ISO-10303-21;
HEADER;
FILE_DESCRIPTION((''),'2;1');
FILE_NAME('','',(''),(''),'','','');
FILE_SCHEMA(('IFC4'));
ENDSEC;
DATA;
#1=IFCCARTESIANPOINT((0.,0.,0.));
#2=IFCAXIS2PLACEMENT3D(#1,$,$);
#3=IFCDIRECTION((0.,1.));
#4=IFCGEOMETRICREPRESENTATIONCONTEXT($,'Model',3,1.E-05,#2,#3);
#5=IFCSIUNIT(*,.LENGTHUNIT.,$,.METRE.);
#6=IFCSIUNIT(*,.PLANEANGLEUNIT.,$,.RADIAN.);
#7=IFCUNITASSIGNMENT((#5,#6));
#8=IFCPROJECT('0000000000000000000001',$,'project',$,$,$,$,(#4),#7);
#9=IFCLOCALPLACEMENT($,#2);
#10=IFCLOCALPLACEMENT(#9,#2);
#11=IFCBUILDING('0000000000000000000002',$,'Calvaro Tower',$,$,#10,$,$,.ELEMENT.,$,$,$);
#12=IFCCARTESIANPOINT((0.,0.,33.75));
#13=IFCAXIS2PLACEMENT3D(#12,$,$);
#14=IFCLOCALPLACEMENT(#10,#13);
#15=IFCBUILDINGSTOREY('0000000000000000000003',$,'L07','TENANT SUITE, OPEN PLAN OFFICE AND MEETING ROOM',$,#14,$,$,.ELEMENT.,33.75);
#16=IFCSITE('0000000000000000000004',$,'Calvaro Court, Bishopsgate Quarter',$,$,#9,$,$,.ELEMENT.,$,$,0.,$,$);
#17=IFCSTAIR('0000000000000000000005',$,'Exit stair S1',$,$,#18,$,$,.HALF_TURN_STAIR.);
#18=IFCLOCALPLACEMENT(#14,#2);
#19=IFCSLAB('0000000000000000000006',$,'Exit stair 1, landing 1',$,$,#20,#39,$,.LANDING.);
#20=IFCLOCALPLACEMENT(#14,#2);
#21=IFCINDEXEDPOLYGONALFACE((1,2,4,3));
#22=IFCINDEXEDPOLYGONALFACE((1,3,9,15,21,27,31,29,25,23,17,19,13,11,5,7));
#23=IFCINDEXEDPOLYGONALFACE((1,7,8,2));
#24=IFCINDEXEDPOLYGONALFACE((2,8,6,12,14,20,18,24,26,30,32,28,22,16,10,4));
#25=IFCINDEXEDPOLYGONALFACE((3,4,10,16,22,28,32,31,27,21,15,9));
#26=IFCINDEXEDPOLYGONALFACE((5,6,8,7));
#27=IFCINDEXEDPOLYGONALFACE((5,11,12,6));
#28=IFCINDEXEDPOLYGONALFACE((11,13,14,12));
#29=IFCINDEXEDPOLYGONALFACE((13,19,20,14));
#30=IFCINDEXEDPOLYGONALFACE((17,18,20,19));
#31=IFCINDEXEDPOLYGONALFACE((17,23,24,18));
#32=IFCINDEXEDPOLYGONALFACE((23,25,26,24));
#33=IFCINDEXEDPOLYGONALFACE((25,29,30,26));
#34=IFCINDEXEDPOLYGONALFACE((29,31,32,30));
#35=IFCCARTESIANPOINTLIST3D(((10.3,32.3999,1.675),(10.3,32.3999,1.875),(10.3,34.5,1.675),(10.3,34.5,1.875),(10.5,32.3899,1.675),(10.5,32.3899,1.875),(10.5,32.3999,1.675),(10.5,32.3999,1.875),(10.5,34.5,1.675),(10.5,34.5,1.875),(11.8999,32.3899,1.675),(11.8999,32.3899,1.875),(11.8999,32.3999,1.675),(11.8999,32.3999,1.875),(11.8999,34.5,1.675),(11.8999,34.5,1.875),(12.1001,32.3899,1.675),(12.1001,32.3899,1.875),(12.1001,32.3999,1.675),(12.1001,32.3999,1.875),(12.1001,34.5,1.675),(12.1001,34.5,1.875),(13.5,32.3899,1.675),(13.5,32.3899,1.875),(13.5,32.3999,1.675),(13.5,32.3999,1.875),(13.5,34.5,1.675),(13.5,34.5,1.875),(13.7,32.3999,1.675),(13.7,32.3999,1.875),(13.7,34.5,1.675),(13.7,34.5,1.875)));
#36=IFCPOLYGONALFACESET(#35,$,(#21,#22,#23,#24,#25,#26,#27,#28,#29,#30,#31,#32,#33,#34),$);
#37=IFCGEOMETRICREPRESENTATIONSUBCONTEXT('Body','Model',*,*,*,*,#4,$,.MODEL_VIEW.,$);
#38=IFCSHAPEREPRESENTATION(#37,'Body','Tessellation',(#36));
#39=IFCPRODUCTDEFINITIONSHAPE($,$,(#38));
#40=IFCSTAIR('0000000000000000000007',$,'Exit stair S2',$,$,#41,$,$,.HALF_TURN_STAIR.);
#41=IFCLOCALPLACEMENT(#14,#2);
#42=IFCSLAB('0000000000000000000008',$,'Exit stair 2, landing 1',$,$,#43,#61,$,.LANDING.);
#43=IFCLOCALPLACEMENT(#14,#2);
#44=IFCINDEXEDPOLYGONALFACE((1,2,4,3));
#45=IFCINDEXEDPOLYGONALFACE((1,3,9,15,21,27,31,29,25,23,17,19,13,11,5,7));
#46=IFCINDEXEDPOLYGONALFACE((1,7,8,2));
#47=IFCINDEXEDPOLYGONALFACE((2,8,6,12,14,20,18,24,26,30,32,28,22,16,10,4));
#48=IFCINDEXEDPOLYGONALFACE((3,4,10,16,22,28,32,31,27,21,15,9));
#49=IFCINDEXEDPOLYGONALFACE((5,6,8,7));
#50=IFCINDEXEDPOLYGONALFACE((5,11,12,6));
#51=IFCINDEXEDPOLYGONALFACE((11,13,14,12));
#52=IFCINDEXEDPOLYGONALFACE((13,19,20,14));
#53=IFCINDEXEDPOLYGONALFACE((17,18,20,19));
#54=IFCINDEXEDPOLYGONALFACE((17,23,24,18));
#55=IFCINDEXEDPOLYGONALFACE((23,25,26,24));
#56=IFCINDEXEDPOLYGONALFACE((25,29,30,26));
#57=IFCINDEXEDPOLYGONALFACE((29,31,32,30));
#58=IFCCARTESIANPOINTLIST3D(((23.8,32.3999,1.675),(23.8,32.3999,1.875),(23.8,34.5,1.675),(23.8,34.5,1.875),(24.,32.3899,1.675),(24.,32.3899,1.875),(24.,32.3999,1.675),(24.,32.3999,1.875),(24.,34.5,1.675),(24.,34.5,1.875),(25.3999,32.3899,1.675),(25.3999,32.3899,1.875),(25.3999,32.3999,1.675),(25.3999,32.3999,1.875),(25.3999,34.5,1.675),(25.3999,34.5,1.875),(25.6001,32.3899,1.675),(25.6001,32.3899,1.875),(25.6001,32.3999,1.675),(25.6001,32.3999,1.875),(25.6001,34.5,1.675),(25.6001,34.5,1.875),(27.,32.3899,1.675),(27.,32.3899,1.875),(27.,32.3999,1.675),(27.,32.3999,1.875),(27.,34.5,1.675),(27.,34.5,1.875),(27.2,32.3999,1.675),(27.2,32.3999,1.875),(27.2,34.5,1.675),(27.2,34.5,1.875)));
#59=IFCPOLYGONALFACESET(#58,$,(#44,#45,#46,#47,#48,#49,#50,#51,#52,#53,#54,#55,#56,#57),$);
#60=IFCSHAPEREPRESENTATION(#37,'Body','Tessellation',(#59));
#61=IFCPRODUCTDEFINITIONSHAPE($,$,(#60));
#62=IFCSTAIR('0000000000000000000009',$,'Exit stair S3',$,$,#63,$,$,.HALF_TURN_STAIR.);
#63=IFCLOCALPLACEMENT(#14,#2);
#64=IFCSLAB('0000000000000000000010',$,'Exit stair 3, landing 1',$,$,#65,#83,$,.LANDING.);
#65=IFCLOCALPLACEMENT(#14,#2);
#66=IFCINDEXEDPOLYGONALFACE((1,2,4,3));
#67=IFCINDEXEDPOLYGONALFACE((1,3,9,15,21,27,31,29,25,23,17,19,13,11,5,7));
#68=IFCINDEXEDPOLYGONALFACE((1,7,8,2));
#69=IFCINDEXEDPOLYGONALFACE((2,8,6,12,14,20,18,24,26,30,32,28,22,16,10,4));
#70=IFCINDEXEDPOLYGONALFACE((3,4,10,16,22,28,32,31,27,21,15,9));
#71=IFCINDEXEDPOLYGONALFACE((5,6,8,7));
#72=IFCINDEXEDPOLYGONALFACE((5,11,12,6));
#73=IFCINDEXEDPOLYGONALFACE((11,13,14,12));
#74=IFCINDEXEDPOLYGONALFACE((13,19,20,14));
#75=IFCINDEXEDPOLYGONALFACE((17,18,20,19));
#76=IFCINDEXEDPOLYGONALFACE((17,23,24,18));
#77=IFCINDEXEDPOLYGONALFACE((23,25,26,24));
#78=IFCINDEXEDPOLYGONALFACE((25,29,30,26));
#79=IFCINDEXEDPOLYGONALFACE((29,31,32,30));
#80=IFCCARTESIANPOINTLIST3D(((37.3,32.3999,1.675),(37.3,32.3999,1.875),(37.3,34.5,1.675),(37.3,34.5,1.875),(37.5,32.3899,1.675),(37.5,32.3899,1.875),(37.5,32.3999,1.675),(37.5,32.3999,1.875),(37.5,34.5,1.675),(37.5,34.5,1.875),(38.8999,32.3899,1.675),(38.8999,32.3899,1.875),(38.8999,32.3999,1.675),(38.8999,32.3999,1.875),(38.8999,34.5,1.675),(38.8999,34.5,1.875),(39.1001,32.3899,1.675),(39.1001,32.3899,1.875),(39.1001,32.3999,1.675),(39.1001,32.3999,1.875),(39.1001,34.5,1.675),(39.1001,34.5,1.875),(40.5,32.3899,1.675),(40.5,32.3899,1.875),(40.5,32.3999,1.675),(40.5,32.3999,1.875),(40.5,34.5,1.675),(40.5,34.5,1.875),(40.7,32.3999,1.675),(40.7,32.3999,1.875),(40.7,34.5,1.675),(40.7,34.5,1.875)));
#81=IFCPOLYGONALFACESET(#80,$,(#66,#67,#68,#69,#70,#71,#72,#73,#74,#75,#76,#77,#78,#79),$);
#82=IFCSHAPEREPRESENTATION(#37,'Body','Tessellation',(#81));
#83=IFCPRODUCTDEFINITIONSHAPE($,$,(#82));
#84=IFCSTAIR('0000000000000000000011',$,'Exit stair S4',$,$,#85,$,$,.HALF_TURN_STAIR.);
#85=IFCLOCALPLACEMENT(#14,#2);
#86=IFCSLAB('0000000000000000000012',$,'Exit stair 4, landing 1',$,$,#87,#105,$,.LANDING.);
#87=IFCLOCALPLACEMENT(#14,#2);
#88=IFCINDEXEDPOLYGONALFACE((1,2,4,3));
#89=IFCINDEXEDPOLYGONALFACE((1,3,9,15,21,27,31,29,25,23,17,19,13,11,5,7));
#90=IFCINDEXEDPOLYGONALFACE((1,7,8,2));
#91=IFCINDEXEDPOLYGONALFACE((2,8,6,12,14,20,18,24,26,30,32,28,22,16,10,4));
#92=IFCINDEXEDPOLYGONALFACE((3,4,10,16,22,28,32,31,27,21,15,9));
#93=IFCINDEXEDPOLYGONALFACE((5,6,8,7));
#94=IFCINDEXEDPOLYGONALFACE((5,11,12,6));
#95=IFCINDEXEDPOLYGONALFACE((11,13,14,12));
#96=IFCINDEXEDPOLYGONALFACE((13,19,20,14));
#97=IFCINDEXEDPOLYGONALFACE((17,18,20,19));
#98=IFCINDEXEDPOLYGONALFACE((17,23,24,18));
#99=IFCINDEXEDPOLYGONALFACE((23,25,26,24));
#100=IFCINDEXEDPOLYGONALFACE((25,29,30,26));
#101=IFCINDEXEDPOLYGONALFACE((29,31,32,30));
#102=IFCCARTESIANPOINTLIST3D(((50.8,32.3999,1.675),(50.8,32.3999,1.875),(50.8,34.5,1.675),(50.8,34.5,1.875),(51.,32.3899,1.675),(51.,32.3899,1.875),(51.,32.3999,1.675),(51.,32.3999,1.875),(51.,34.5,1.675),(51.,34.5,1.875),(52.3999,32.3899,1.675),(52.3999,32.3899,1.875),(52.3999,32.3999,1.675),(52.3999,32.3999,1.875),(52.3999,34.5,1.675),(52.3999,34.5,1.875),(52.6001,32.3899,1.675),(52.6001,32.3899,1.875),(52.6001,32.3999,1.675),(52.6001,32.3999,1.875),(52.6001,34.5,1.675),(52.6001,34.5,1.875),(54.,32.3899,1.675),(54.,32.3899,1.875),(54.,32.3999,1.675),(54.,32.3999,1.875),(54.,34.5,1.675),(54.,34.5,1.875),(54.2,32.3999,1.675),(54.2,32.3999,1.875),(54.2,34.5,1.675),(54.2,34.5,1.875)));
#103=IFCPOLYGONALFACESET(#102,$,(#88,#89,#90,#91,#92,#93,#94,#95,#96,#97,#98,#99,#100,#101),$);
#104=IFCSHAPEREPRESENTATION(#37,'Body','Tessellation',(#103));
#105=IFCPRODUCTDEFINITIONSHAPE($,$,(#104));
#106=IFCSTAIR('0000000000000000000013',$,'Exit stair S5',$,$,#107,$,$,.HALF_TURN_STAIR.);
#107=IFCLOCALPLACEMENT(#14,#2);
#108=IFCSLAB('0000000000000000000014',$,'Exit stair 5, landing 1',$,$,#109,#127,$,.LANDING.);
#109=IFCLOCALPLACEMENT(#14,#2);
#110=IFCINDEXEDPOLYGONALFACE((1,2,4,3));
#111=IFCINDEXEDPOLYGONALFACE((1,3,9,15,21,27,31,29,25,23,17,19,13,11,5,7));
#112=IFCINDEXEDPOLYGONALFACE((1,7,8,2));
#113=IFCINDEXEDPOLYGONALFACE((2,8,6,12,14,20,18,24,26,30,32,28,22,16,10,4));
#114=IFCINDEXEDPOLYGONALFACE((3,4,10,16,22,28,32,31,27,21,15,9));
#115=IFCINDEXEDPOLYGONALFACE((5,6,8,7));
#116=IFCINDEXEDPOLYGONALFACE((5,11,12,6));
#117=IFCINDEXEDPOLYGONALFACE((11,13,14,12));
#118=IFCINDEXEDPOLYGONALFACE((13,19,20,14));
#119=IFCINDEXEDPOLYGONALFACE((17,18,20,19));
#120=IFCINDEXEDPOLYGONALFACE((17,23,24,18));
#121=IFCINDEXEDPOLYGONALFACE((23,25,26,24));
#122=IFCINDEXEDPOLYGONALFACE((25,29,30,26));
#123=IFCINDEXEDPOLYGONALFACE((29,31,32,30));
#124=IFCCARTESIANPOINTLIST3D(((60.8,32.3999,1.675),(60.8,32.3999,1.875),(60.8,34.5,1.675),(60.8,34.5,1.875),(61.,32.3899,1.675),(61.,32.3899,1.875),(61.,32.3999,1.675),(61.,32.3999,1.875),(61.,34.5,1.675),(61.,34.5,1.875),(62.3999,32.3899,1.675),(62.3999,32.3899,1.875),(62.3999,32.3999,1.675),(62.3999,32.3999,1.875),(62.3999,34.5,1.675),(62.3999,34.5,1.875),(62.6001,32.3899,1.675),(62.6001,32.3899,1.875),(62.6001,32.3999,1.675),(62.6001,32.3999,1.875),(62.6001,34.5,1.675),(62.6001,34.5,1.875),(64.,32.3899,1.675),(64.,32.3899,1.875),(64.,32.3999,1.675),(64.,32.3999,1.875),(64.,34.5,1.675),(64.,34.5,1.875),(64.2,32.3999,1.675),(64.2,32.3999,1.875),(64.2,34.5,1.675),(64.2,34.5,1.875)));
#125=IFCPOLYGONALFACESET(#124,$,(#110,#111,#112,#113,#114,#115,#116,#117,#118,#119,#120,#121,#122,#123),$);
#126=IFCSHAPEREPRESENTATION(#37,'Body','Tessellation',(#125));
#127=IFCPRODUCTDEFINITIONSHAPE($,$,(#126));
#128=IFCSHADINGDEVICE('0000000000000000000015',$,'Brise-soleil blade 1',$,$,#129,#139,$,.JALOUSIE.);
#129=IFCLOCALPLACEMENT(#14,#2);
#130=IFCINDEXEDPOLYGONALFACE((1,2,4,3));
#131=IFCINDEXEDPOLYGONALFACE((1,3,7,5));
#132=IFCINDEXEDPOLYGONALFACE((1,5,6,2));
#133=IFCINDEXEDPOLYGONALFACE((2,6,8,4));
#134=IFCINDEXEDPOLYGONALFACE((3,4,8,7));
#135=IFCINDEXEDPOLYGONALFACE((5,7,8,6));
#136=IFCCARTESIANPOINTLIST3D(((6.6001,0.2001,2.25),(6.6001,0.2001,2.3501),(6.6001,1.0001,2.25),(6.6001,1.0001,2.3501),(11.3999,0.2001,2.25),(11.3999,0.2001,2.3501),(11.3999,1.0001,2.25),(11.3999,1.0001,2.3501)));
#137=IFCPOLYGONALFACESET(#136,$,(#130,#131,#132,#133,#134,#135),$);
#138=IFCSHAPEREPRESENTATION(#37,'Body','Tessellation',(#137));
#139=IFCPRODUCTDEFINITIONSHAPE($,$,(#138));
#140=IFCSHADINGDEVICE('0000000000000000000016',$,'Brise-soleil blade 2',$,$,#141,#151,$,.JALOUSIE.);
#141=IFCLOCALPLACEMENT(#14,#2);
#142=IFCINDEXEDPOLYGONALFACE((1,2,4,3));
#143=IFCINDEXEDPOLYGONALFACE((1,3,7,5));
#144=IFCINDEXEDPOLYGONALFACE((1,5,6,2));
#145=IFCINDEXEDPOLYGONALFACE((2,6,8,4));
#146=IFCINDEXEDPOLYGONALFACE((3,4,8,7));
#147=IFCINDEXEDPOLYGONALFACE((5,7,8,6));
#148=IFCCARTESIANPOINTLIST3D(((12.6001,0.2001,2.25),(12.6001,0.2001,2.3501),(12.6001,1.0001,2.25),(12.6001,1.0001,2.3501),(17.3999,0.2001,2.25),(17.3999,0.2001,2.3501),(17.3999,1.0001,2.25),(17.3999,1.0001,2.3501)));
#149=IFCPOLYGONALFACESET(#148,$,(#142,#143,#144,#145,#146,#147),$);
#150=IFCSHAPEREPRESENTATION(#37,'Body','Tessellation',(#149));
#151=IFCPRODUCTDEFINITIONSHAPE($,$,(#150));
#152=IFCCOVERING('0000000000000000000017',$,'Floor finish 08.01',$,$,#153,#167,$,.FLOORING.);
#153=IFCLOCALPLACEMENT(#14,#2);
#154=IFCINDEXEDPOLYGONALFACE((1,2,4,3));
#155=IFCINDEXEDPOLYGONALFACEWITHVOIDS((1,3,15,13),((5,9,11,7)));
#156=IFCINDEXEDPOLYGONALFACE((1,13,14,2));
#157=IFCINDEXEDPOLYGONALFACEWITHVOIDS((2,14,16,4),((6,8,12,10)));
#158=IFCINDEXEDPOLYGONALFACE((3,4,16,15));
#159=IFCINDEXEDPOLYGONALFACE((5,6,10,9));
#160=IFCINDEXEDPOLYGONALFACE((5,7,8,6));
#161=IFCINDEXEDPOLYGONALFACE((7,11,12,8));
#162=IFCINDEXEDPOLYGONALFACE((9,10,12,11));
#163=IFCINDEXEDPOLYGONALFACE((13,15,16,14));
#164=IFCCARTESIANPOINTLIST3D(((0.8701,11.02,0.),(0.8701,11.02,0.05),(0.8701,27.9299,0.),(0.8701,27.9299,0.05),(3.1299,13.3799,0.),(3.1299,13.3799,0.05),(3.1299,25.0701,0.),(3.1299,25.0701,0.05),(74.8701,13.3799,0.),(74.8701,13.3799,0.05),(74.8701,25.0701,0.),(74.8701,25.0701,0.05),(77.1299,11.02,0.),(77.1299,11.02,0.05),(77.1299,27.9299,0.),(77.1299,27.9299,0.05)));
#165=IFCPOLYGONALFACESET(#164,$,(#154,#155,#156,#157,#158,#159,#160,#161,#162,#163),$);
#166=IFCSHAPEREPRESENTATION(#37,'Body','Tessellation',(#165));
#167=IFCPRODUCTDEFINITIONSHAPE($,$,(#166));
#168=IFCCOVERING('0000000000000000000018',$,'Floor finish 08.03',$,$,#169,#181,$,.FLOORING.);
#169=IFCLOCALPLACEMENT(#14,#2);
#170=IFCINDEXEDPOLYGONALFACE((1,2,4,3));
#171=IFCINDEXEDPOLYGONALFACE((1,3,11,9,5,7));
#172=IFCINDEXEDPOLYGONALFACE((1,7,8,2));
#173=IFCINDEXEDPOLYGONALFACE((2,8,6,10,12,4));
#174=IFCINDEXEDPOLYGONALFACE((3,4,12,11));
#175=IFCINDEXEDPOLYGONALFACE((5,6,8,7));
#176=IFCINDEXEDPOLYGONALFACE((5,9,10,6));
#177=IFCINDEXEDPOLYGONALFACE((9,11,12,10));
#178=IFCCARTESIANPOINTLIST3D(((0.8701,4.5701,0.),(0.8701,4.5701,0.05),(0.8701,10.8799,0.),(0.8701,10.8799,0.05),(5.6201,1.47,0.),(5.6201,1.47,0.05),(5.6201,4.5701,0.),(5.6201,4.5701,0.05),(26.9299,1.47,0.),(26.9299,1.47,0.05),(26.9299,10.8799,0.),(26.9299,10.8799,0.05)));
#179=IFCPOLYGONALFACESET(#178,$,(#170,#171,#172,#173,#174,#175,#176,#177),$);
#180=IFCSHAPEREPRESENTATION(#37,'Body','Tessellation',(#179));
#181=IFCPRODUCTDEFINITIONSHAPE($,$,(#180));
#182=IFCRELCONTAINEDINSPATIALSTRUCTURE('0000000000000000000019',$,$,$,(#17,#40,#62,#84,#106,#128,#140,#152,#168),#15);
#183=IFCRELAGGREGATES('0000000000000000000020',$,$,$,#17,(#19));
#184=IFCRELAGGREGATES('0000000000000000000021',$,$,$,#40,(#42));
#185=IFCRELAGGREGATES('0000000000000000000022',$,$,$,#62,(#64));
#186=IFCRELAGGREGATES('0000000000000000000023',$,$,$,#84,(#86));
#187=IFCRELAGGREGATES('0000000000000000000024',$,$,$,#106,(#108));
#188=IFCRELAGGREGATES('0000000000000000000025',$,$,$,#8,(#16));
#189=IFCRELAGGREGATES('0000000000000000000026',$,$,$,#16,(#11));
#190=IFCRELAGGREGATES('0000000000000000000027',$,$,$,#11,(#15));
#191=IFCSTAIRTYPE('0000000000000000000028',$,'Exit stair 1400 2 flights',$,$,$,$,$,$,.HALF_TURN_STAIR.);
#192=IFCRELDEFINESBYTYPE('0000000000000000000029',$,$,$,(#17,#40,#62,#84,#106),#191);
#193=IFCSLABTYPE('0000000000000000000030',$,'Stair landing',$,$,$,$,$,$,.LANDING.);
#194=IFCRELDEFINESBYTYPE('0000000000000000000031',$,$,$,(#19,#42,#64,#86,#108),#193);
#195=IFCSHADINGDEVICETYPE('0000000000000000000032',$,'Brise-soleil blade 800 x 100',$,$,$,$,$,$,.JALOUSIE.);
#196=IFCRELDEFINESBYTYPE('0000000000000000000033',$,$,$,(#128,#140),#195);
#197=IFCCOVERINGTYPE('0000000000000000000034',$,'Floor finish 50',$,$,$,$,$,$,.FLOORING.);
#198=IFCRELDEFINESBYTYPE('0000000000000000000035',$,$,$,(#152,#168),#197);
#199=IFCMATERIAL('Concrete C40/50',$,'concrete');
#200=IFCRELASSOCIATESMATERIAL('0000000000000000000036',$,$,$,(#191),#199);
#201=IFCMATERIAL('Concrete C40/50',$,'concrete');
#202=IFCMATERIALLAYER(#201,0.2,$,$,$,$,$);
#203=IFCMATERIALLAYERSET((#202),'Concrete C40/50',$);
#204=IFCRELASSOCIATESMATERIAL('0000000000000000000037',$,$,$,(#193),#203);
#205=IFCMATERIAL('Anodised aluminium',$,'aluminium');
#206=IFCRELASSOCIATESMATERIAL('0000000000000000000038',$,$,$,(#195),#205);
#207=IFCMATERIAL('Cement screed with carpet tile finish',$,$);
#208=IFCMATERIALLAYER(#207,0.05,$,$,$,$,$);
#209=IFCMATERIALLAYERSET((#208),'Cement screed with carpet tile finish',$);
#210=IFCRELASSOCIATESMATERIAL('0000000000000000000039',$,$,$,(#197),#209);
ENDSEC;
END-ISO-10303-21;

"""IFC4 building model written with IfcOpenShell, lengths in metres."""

from ifc_helpers import new_model, si_unit, direction, frame, origin, origin_2d, place, context, subcontext, project, spatial, polyline, rectangle, outline, extrude, material, layer, layer_set, material_profile, profile_set, type_object, element, aggregate, save


model = new_model("IFC4")

# Units and contexts
model_context = context("Model", 3, precision=1e-05, world=origin(), true_north=direction((0.0, 1.0)))
body_context = subcontext(model_context, "Body", "Model", "MODEL_VIEW")
ifc_project = project(units=[si_unit("LENGTHUNIT", "METRE"), si_unit("PLANEANGLEUNIT", "RADIAN")], contexts=[model_context])

# Site, building, storey
site_placement = place(None, origin())
site = spatial("IfcSite", under=ifc_project, at=site_placement, Name="Calvaro Court, Bishopsgate Quarter", CompositionType="ELEMENT", RefElevation=0.0)
building_placement = place(site_placement, origin())
building = spatial("IfcBuilding", under=site, at=building_placement, Name="Calvaro Tower", CompositionType="ELEMENT")
storey_placement = place(building_placement, frame((0.0, 0.0, 33.75)))
storey = spatial("IfcBuildingStorey", under=building, at=storey_placement, Name="L07", Description="TENANT SUITE, OPEN PLAN OFFICE AND MEETING ROOM", CompositionType="ELEMENT", Elevation=33.75)

# Stairs, slabs
ifc_material_1 = material(Name="Concrete C40/50", Category="concrete")
stair_type = type_object("IfcStairType", Name="Exit stair 1400 2 flights", PredefinedType="HALF_TURN_STAIR", material=ifc_material_1)
stair_1_placement = place(storey_placement, origin())
stair_1 = element("IfcStair", 1, at=stair_1_placement, inside=storey, type_object=stair_type, Name="Exit stair S1", PredefinedType="HALF_TURN_STAIR")
ifc_material_2 = material(Name="Concrete C40/50", Category="concrete")
ifc_layer_1 = layer(ifc_material_2, 0.2)
ifc_layer_set_1 = layer_set([ifc_layer_1], Name="Concrete C40/50")
slab_type_1 = type_object("IfcSlabType", Name="Stair landing", PredefinedType="LANDING", material=ifc_layer_set_1)
slab_1_placement = place(storey_placement, frame((0.0, 0.0, 1.675)))
slab_1 = element("IfcSlab", 2, at=slab_1_placement, type_object=slab_type_1, Name="Exit stair 1, landing 1", PredefinedType="LANDING", context=body_context, shape_type="SweptSolid", body=[
    extrude(outline(polyline([(11.8999, 32.3899), (10.5, 32.3899), (10.5, 32.3999), (10.3, 32.3999), (10.3, 34.5), (10.5, 34.5), (11.8999, 34.5), (12.1001, 34.5), (13.5, 34.5), (13.7, 34.5), (13.7, 32.3999), (13.5, 32.3999), (13.5, 32.3899), (12.1001, 32.3899), (12.1001, 32.3999), (11.8999, 32.3999), (11.8999, 32.3899)])), origin(), (0.0, 0.0, 1.0), 0.2),
])
aggregate(stair_1, [slab_1])
stair_2_placement = place(storey_placement, origin())
stair_2 = element("IfcStair", 3, at=stair_2_placement, inside=storey, type_object=stair_type, Name="Exit stair S2", PredefinedType="HALF_TURN_STAIR")
slab_2_placement = place(storey_placement, frame((0.0, 0.0, 1.675)))
slab_2 = element("IfcSlab", 4, at=slab_2_placement, type_object=slab_type_1, Name="Exit stair 2, landing 1", PredefinedType="LANDING", context=body_context, shape_type="SweptSolid", body=[
    extrude(outline(polyline([(25.3999, 32.3899), (24.0, 32.3899), (24.0, 32.3999), (23.8, 32.3999), (23.8, 34.5), (24.0, 34.5), (25.3999, 34.5), (25.6001, 34.5), (27.0, 34.5), (27.2, 34.5), (27.2, 32.3999), (27.0, 32.3999), (27.0, 32.3899), (25.6001, 32.3899), (25.6001, 32.3999), (25.3999, 32.3999), (25.3999, 32.3899)])), origin(), (0.0, 0.0, 1.0), 0.2),
])
aggregate(stair_2, [slab_2])
stair_3_placement = place(storey_placement, origin())
stair_3 = element("IfcStair", 5, at=stair_3_placement, inside=storey, type_object=stair_type, Name="Exit stair S3", PredefinedType="HALF_TURN_STAIR")
slab_3_placement = place(storey_placement, frame((0.0, 0.0, 1.675)))
slab_3 = element("IfcSlab", 6, at=slab_3_placement, type_object=slab_type_1, Name="Exit stair 3, landing 1", PredefinedType="LANDING", context=body_context, shape_type="SweptSolid", body=[
    extrude(outline(polyline([(38.8999, 32.3899), (37.5, 32.3899), (37.5, 32.3999), (37.3, 32.3999), (37.3, 34.5), (37.5, 34.5), (38.8999, 34.5), (39.1001, 34.5), (40.5, 34.5), (40.7, 34.5), (40.7, 32.3999), (40.5, 32.3999), (40.5, 32.3899), (39.1001, 32.3899), (39.1001, 32.3999), (38.8999, 32.3999), (38.8999, 32.3899)])), origin(), (0.0, 0.0, 1.0), 0.2),
])
aggregate(stair_3, [slab_3])
stair_4_placement = place(storey_placement, origin())
stair_4 = element("IfcStair", 7, at=stair_4_placement, inside=storey, type_object=stair_type, Name="Exit stair S4", PredefinedType="HALF_TURN_STAIR")
slab_4_placement = place(storey_placement, frame((0.0, 0.0, 1.675)))
slab_4 = element("IfcSlab", 8, at=slab_4_placement, type_object=slab_type_1, Name="Exit stair 4, landing 1", PredefinedType="LANDING", context=body_context, shape_type="SweptSolid", body=[
    extrude(outline(polyline([(52.3999, 32.3899), (51.0, 32.3899), (51.0, 32.3999), (50.8, 32.3999), (50.8, 34.5), (51.0, 34.5), (52.3999, 34.5), (52.6001, 34.5), (54.0, 34.5), (54.2, 34.5), (54.2, 32.3999), (54.0, 32.3999), (54.0, 32.3899), (52.6001, 32.3899), (52.6001, 32.3999), (52.3999, 32.3999), (52.3999, 32.3899)])), origin(), (0.0, 0.0, 1.0), 0.2),
])
aggregate(stair_4, [slab_4])
stair_5_placement = place(storey_placement, origin())
stair_5 = element("IfcStair", 9, at=stair_5_placement, inside=storey, type_object=stair_type, Name="Exit stair S5", PredefinedType="HALF_TURN_STAIR")
slab_5_placement = place(storey_placement, frame((0.0, 0.0, 1.675)))
slab_5 = element("IfcSlab", 10, at=slab_5_placement, type_object=slab_type_1, Name="Exit stair 5, landing 1", PredefinedType="LANDING", context=body_context, shape_type="SweptSolid", body=[
    extrude(outline(polyline([(62.3999, 32.3899), (61.0, 32.3899), (61.0, 32.3999), (60.8, 32.3999), (60.8, 34.5), (61.0, 34.5), (62.3999, 34.5), (62.6001, 34.5), (64.0, 34.5), (64.2, 34.5), (64.2, 32.3999), (64.0, 32.3999), (64.0, 32.3899), (62.6001, 32.3899), (62.6001, 32.3999), (62.3999, 32.3999), (62.3999, 32.3899)])), origin(), (0.0, 0.0, 1.0), 0.2),
])
aggregate(stair_5, [slab_5])

# Shading devices
ifc_material_3 = material(Name="Anodised aluminium", Category="aluminium")
ifc_material_profile_1 = material_profile(ifc_material_3, rectangle(XDim=0.8, YDim=0.1001, at=origin_2d()), Name="Brise-soleil blade 800 x 100")
ifc_profile_set_1 = profile_set([ifc_material_profile_1], Name="Anodised aluminium")
shading_device_type = type_object("IfcShadingDeviceType", Name="Brise-soleil blade 800 x 100", PredefinedType="JALOUSIE", material=ifc_profile_set_1)
for number, where, z_axis, x_axis, name in (
    (11, (6.6001, 0.6001, 2.3), (1.0, 0.0, 0.0), (0.0, 1.0, 0.0), "Brise-soleil blade 1"),
    (12, (12.6001, 0.6001, 2.3), (1.0, 0.0, 0.0), (0.0, 1.0, 0.0), "Brise-soleil blade 2"),
):
    element("IfcShadingDevice", number, at=place(storey_placement, frame(where, z_axis=z_axis, x_axis=x_axis)), inside=storey, type_object=shading_device_type, Name=name, PredefinedType="JALOUSIE", context=body_context, shape_type="SweptSolid", body=[
        extrude(rectangle(XDim=0.8, YDim=0.1001, at=origin_2d()), origin(), (0.0, 0.0, 1.0), 4.7998),
    ])

# Coverings
ifc_material_4 = material(Name="Cement screed with carpet tile finish")
ifc_layer_2 = layer(ifc_material_4, 0.05)
ifc_layer_set_2 = layer_set([ifc_layer_2], Name="Cement screed with carpet tile finish")
covering_type = type_object("IfcCoveringType", Name="Floor finish 50", PredefinedType="FLOORING", material=ifc_layer_set_2)
covering_1_placement = place(storey_placement, origin())
element("IfcCovering", 13, at=covering_1_placement, inside=storey, type_object=covering_type, Name="Floor finish 08.01", PredefinedType="FLOORING", context=body_context, shape_type="SweptSolid", body=[
    extrude(outline(polyline([(0.8701, 11.02), (0.8701, 27.9299), (77.1299, 27.9299), (77.1299, 11.02), (0.8701, 11.02)]), holes=[polyline([(74.8701, 13.3799), (74.8701, 25.0701), (3.1299, 25.0701), (3.1299, 13.3799), (74.8701, 13.3799)])]), origin(), (0.0, 0.0, 1.0), 0.05),
])
covering_2_placement = place(storey_placement, origin())
element("IfcCovering", 14, at=covering_2_placement, inside=storey, type_object=covering_type, Name="Floor finish 08.03", PredefinedType="FLOORING", context=body_context, shape_type="SweptSolid", body=[
    extrude(outline(polyline([(26.9299, 10.8799), (26.9299, 1.47), (5.6201, 1.47), (5.6201, 4.5701), (0.8701, 4.5701), (0.8701, 10.8799), (26.9299, 10.8799)])), origin(), (0.0, 0.0, 1.0), 0.05),
])

save(model, "model.ifc")
